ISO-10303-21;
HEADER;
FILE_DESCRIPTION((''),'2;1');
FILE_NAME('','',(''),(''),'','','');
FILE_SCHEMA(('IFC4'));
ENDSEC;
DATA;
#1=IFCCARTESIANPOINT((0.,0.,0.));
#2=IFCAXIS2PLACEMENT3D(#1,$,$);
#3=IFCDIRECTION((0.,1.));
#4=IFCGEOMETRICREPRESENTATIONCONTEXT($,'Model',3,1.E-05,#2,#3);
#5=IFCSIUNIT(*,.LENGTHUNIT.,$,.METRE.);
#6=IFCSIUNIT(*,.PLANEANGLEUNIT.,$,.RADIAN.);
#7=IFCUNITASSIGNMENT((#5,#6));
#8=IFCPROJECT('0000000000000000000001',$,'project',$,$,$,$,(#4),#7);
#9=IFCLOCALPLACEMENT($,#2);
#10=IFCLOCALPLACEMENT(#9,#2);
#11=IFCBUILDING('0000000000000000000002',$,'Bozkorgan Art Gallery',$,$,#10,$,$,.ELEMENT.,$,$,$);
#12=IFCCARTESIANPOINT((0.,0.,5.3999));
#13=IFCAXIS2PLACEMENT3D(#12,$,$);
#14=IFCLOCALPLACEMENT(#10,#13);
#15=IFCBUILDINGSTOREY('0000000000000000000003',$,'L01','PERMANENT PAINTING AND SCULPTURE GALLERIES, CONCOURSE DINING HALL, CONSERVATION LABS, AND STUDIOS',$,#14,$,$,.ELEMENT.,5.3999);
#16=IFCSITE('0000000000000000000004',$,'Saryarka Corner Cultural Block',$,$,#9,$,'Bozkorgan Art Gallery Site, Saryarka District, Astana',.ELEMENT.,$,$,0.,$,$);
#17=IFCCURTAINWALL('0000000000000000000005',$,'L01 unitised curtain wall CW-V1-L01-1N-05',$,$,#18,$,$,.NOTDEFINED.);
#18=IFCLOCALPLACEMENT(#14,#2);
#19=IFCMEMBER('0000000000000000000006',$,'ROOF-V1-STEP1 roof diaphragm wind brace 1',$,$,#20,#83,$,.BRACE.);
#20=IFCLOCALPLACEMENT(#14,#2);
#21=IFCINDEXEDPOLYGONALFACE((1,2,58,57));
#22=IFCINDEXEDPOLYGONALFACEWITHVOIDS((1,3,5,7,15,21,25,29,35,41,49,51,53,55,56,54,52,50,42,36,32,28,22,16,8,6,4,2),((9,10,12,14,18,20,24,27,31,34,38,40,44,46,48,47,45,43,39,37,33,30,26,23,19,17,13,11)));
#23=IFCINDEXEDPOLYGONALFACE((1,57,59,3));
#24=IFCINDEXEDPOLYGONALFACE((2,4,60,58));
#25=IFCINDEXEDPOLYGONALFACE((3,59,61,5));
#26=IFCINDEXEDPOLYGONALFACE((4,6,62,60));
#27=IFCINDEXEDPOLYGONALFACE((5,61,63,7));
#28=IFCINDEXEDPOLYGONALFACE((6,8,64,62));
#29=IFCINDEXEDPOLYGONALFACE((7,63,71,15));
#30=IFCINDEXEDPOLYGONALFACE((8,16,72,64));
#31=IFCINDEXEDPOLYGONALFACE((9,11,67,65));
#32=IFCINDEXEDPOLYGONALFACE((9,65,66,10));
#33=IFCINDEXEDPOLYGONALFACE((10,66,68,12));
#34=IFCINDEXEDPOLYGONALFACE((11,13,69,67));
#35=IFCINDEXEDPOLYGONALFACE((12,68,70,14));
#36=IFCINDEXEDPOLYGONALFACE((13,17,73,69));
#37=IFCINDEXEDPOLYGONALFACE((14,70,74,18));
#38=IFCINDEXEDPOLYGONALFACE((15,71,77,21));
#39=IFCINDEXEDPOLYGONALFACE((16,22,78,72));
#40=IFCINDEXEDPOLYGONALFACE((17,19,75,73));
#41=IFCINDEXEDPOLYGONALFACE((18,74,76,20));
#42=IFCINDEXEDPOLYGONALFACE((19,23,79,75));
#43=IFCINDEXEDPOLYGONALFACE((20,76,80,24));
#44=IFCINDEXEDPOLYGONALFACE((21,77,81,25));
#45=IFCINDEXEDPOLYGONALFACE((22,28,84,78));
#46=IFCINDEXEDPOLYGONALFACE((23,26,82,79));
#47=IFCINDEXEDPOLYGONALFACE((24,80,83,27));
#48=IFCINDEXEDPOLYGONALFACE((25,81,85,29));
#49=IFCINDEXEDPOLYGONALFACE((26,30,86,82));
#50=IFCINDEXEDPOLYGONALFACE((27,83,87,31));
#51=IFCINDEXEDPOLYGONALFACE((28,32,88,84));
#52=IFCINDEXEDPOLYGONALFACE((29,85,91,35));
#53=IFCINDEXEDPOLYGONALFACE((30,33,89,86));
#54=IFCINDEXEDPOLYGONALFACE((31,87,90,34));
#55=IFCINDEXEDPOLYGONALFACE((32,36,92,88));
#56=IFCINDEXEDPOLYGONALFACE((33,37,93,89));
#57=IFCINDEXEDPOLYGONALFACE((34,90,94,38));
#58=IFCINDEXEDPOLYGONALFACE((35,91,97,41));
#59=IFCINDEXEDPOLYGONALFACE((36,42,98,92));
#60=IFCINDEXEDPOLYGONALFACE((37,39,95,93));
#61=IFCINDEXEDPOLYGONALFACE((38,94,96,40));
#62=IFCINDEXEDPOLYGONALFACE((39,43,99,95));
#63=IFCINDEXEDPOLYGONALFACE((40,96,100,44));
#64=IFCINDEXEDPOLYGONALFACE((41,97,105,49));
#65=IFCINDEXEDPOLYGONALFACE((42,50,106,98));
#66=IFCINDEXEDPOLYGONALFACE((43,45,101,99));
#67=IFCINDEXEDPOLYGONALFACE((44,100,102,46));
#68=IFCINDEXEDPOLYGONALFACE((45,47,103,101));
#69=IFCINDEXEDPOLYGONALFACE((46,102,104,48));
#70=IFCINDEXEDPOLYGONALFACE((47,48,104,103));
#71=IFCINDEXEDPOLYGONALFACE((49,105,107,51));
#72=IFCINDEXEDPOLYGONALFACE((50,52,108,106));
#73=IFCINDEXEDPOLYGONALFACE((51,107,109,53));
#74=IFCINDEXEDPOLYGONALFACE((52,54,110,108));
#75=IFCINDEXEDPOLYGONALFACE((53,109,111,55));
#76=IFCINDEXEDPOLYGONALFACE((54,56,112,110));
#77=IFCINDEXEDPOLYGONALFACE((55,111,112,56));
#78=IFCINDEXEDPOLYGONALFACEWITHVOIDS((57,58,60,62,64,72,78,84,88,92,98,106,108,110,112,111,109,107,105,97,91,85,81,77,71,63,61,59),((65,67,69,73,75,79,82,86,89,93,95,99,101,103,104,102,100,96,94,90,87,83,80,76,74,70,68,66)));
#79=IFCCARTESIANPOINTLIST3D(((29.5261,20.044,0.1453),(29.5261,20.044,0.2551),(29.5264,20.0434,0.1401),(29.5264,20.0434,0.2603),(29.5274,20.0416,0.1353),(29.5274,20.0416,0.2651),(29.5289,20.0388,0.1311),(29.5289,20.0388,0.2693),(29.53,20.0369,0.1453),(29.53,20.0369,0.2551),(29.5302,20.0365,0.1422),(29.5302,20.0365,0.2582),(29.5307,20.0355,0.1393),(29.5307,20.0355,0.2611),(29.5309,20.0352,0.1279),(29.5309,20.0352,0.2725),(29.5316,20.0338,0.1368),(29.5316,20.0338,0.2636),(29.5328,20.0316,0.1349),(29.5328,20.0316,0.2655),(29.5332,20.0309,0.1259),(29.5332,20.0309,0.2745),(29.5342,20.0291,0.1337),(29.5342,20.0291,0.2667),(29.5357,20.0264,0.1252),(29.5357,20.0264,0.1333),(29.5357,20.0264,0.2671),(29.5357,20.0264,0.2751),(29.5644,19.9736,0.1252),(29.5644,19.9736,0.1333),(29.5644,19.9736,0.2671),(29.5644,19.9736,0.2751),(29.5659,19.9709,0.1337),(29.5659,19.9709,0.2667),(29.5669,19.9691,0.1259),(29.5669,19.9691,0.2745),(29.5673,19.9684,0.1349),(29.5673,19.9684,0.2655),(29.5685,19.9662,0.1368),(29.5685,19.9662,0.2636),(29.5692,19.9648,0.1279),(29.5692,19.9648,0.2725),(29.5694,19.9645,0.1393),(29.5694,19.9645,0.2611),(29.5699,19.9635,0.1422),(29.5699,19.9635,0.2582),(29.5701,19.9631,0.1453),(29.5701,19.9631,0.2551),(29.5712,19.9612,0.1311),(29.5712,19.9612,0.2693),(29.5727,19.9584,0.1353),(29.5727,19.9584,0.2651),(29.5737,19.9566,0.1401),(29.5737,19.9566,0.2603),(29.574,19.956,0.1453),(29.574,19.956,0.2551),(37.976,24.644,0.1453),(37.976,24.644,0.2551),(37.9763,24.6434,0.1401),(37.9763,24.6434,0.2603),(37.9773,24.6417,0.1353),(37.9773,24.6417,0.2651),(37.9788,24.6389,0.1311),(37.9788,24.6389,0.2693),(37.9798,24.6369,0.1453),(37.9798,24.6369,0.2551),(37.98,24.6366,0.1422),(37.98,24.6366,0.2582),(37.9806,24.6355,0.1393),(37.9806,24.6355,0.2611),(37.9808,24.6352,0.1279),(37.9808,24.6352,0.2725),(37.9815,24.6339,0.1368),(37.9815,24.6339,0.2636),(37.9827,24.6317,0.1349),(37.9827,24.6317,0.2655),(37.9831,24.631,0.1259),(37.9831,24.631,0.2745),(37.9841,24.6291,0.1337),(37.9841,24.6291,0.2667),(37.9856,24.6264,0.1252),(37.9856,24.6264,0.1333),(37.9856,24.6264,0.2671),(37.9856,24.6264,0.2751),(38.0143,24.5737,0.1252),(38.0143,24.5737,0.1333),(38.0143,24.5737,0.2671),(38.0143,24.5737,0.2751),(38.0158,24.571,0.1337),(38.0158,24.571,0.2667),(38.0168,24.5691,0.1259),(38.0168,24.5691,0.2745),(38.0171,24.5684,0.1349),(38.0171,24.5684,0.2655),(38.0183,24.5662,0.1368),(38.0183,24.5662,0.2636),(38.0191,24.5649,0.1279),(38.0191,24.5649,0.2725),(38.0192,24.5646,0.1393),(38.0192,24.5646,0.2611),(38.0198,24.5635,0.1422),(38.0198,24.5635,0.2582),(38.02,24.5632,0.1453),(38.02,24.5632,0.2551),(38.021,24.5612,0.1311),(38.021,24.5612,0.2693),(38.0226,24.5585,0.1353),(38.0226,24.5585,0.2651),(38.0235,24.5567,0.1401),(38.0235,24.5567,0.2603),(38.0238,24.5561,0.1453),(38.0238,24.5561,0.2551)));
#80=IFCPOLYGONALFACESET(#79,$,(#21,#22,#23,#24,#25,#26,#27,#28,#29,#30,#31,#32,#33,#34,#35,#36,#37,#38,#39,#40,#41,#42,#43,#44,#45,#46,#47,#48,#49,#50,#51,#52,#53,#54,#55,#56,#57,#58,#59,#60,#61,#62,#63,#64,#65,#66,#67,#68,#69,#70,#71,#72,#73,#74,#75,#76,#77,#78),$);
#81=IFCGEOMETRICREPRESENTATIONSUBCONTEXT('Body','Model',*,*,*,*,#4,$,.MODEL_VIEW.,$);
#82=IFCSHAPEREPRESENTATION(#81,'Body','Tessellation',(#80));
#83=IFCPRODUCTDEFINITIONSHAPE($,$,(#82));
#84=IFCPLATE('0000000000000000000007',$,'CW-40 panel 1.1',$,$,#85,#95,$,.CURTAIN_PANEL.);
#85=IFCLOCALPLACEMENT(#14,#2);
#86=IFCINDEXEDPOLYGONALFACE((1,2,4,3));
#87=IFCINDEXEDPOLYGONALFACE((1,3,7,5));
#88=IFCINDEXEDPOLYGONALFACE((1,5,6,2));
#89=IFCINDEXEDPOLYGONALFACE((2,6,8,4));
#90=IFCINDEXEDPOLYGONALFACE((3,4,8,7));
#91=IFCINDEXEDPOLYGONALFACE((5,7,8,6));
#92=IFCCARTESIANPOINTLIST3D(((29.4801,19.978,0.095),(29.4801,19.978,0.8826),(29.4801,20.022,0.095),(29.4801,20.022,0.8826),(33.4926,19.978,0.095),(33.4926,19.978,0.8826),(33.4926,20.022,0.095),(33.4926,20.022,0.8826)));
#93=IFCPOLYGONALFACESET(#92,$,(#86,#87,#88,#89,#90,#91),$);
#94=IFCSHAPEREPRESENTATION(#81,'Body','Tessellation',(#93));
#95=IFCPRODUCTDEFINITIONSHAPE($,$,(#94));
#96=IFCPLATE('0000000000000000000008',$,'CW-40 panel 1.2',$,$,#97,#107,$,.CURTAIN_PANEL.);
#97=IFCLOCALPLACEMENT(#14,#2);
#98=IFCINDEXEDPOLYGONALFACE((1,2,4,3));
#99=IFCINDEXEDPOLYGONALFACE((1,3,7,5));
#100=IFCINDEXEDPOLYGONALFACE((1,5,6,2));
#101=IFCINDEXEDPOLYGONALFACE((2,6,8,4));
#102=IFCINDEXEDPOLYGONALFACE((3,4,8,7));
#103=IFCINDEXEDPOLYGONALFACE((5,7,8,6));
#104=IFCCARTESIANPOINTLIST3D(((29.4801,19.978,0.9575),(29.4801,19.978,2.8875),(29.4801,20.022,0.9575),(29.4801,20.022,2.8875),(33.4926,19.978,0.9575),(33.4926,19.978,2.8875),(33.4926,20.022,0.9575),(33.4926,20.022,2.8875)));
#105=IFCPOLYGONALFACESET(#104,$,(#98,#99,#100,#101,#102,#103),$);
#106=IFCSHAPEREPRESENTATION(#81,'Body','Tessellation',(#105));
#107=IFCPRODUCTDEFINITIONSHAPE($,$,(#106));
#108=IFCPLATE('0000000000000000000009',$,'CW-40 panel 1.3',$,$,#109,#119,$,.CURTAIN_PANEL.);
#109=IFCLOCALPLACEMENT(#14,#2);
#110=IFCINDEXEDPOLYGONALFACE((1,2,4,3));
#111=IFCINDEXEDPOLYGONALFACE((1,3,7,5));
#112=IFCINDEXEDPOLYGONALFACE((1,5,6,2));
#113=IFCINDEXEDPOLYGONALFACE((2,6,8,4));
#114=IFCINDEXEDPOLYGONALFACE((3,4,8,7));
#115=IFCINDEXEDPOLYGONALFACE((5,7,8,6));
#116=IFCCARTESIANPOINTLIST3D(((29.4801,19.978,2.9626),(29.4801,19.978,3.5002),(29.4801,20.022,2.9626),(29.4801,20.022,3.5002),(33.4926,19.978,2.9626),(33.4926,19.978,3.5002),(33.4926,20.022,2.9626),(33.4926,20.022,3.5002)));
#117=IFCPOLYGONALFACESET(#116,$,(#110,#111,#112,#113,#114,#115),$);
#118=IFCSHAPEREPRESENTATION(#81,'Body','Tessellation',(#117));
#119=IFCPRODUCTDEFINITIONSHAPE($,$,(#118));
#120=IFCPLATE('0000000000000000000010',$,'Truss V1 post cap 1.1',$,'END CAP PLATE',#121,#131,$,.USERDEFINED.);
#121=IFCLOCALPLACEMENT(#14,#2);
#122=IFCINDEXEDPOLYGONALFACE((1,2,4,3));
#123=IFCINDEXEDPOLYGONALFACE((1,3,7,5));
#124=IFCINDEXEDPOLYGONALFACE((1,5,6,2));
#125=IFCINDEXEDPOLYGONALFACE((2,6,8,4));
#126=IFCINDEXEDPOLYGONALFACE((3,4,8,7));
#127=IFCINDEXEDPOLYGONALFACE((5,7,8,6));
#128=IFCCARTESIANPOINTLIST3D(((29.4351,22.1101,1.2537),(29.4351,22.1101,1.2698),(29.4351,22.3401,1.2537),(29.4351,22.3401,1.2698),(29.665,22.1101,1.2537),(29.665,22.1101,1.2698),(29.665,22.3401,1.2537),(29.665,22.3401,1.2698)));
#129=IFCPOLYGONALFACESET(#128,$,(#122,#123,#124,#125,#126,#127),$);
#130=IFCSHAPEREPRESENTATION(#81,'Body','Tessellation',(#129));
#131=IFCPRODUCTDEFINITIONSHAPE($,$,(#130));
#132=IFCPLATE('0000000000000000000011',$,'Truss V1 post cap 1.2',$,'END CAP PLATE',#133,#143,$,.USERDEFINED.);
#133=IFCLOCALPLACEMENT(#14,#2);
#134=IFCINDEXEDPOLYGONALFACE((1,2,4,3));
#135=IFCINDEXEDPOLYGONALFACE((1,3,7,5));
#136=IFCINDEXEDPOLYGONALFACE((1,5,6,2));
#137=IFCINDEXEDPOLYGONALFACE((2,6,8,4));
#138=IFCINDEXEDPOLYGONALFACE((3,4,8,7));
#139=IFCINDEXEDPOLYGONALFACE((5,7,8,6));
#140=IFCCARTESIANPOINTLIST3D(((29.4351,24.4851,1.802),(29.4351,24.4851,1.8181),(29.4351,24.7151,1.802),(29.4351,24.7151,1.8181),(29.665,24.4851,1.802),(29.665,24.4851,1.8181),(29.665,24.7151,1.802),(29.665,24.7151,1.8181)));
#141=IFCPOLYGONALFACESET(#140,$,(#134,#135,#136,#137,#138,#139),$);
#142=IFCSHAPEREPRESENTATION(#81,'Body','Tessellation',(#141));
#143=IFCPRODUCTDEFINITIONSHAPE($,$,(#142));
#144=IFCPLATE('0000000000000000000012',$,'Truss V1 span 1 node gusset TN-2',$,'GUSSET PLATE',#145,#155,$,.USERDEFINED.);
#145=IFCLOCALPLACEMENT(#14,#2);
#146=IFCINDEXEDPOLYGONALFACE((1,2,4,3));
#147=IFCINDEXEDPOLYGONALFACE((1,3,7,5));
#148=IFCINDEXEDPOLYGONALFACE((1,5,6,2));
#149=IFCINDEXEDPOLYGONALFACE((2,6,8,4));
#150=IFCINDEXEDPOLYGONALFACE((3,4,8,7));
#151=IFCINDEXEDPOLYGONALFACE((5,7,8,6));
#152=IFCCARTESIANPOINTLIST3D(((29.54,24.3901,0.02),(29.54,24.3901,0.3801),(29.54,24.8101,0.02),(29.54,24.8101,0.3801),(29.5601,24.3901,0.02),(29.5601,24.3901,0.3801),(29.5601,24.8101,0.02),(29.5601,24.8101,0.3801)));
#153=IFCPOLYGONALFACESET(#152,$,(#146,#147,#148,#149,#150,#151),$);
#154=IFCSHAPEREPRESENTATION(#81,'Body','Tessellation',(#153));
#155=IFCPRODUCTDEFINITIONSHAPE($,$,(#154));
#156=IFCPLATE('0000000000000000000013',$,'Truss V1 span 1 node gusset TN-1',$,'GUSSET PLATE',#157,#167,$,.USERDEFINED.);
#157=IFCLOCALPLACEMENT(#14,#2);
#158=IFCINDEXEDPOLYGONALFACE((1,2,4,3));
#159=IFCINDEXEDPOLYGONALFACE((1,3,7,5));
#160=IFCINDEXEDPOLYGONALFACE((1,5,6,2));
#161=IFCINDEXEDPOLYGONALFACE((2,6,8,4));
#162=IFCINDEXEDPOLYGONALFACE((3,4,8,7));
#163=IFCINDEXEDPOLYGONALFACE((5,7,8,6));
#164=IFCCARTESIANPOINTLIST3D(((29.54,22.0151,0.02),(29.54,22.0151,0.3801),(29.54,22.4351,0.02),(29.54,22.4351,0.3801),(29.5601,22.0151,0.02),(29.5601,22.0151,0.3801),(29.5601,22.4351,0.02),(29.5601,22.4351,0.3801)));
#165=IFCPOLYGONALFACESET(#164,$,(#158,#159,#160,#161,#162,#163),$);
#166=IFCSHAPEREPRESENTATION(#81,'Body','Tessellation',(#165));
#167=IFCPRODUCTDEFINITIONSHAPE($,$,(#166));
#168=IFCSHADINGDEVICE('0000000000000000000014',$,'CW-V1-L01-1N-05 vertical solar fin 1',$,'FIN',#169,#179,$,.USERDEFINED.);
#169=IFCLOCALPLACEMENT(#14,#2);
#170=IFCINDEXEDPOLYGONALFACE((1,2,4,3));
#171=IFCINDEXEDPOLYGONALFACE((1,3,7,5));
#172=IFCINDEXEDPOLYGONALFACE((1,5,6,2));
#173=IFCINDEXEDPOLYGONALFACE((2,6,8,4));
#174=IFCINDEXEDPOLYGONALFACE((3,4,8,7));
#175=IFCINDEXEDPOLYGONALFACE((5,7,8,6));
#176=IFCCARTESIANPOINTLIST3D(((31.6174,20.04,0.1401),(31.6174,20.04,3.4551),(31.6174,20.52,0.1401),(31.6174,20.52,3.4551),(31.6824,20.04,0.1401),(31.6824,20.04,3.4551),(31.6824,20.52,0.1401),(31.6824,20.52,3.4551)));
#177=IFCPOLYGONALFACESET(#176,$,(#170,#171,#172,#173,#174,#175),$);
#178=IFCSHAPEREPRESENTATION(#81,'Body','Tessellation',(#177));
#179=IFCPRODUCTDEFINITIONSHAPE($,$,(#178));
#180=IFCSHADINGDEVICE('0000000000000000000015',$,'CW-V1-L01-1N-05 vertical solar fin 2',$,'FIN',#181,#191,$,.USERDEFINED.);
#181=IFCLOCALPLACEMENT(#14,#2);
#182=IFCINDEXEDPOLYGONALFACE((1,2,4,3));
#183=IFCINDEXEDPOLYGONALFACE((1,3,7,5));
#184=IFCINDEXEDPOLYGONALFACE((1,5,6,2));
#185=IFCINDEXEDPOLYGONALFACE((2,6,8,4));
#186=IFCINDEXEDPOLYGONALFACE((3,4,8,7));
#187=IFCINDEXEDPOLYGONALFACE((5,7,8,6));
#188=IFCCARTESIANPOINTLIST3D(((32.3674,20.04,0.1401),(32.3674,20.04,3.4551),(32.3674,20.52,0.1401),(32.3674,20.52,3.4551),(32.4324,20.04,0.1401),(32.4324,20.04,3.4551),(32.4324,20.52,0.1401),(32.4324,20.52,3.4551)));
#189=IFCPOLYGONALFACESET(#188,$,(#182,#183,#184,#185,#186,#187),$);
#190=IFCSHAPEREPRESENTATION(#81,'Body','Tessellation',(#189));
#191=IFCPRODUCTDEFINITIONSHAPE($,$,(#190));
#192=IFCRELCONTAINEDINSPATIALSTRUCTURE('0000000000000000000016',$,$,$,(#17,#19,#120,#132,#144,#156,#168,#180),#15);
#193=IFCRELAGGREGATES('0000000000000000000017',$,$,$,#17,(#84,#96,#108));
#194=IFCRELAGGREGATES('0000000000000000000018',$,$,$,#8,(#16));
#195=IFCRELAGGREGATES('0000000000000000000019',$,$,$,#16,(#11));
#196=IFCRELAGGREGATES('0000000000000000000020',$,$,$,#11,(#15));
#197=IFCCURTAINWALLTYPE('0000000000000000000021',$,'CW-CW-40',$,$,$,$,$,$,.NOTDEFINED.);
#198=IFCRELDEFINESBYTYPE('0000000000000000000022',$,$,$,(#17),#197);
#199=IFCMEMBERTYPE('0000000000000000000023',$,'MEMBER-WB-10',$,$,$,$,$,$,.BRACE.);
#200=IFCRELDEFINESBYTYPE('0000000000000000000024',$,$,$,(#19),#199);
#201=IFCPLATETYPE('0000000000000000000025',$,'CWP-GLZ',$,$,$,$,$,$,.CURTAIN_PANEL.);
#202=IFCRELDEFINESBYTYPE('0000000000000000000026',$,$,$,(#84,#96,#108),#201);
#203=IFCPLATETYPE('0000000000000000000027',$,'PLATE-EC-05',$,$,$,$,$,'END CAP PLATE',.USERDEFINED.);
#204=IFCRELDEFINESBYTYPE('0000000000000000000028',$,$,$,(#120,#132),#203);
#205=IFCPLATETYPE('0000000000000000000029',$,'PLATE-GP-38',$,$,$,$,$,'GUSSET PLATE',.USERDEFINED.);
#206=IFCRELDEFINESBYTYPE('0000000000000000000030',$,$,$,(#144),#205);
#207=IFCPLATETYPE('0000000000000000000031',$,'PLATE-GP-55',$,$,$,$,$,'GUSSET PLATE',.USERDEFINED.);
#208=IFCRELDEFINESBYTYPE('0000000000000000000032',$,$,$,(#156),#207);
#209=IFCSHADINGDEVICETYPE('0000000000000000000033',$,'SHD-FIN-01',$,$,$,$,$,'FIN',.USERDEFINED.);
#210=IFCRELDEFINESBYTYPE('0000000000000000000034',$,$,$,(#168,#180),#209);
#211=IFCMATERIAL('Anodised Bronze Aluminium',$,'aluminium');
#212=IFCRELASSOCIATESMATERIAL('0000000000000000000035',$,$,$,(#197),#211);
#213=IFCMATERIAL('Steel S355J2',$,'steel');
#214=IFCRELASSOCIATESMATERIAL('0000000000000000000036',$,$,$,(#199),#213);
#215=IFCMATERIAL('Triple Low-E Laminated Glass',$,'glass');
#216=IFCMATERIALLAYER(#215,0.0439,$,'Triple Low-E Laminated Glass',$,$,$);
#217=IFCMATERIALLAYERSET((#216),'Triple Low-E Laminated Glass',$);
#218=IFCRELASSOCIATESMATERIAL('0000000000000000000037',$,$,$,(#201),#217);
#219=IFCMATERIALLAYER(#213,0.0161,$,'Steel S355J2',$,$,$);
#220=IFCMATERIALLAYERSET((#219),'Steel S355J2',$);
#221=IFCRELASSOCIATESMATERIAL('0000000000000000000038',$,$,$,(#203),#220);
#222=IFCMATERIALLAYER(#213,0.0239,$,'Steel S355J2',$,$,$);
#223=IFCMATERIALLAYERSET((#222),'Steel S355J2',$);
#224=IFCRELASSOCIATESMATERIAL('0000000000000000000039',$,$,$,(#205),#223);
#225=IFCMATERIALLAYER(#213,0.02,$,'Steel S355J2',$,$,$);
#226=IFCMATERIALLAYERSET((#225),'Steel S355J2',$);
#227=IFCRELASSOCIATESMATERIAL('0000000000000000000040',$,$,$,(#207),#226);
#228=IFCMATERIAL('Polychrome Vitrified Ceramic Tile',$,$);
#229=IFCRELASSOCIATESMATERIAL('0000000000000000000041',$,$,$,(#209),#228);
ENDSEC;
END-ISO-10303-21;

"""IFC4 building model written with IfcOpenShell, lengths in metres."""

from ifc_helpers import new_model, si_unit, direction, frame, origin, origin_2d, place, context, subcontext, project, spatial, rectangle, hollow_rectangle, extrude, material, layer, layer_set, material_profile, profile_set, type_object, element, aggregate, save


model = new_model("IFC4")

# Units and contexts
model_context = context("Model", 3, precision=1e-05, world=origin(), true_north=direction((0.0, 1.0)))
body_context = subcontext(model_context, "Body", "Model", "MODEL_VIEW")
ifc_project = project(units=[si_unit("LENGTHUNIT", "METRE"), si_unit("PLANEANGLEUNIT", "RADIAN")], contexts=[model_context])

# Site, building, storey
site_placement = place(None, origin())
site = spatial("IfcSite", under=ifc_project, at=site_placement, Name="Saryarka Corner Cultural Block", LongName="Bozkorgan Art Gallery Site, Saryarka District, Astana", CompositionType="ELEMENT", RefElevation=0.0)
building_placement = place(site_placement, origin())
building = spatial("IfcBuilding", under=site, at=building_placement, Name="Bozkorgan Art Gallery", CompositionType="ELEMENT")
storey_placement = place(building_placement, frame((0.0, 0.0, 5.3999)))
storey = spatial("IfcBuildingStorey", under=building, at=storey_placement, Name="L01", Description="PERMANENT PAINTING AND SCULPTURE GALLERIES, CONCOURSE DINING HALL, CONSERVATION LABS, AND STUDIOS", CompositionType="ELEMENT", Elevation=5.3999)

# Curtain wall
ifc_material_1 = material(Name="Anodised Bronze Aluminium", Category="aluminium")
curtain_wall_type = type_object("IfcCurtainWallType", Name="CW-CW-40", PredefinedType="NOTDEFINED", material=ifc_material_1)
curtain_wall_placement = place(storey_placement, origin())
curtain_wall = element("IfcCurtainWall", 1, at=curtain_wall_placement, inside=storey, type_object=curtain_wall_type, Name="L01 unitised curtain wall CW-V1-L01-1N-05", PredefinedType="NOTDEFINED")

# Member
ifc_material_2 = material(Name="Steel S355J2", Category="steel")
ifc_material_profile_1 = material_profile(ifc_material_2, hollow_rectangle(XDim=0.1001, YDim=0.1499, WallThickness=0.0081, InnerFilletRadius=0.012, OuterFilletRadius=0.02, at=origin_2d()), Name="RHS 150x100x8")
ifc_profile_set_1 = profile_set([ifc_material_profile_1], Name="Steel S355J2")
member_type_1 = type_object("IfcMemberType", Name="MEMBER-WB-10", PredefinedType="BRACE", material=ifc_profile_set_1)
member_1_placement = place(storey_placement, frame((29.55, 20.0, 0.2002), z_axis=(0.878287, 0.478134, 0.0), x_axis=(-0.478134, 0.878287, 0.0)))
element("IfcMember", 2, at=member_1_placement, inside=storey, type_object=member_type_1, Name="ROOF-V1-STEP1 roof diaphragm wind brace 1", PredefinedType="BRACE", context=body_context, shape_type="SweptSolid", body=[
    extrude(hollow_rectangle(XDim=0.1001, YDim=0.1499, WallThickness=0.0081, InnerFilletRadius=0.012, OuterFilletRadius=0.02, at=origin_2d()), origin(), (0.0, 0.0, 1.0), 9.6208),
])

# Plates
ifc_material_3 = material(Name="Triple Low-E Laminated Glass", Category="glass")
ifc_layer_1 = layer(ifc_material_3, 0.0439, Name="Triple Low-E Laminated Glass")
ifc_layer_set_1 = layer_set([ifc_layer_1], Name="Triple Low-E Laminated Glass")
plate_type_1 = type_object("IfcPlateType", Name="CWP-GLZ", PredefinedType="CURTAIN_PANEL", material=ifc_layer_set_1)
plate_1_placement = place(storey_placement, frame((31.4863, 20.0, 0.095), z_axis=(0.0, 0.0, 1.0), x_axis=(1.0, 0.0, 0.0)))
plate_1 = element("IfcPlate", 3, at=plate_1_placement, type_object=plate_type_1, Name="CW-40 panel 1.1", PredefinedType="CURTAIN_PANEL", context=body_context, shape_type="SweptSolid", body=[
    extrude(rectangle(XDim=4.0125, YDim=0.0439, at=origin_2d()), origin(), (0.0, 0.0, 1.0), 0.7876),
])
plate_2_placement = place(storey_placement, frame((31.4863, 20.0, 0.9575), z_axis=(0.0, 0.0, 1.0), x_axis=(1.0, 0.0, 0.0)))
plate_2 = element("IfcPlate", 4, at=plate_2_placement, type_object=plate_type_1, Name="CW-40 panel 1.2", PredefinedType="CURTAIN_PANEL", context=body_context, shape_type="SweptSolid", body=[
    extrude(rectangle(XDim=4.0125, YDim=0.0439, at=origin_2d()), origin(), (0.0, 0.0, 1.0), 1.9299),
])
plate_3_placement = place(storey_placement, frame((31.4863, 20.0, 2.9626), z_axis=(0.0, 0.0, 1.0), x_axis=(1.0, 0.0, 0.0)))
plate_3 = element("IfcPlate", 5, at=plate_3_placement, type_object=plate_type_1, Name="CW-40 panel 1.3", PredefinedType="CURTAIN_PANEL", context=body_context, shape_type="SweptSolid", body=[
    extrude(rectangle(XDim=4.0125, YDim=0.0439, at=origin_2d()), origin(), (0.0, 0.0, 1.0), 0.5376),
])
aggregate(curtain_wall, [plate_1, plate_2, plate_3])

# Plates
ifc_layer_2 = layer(ifc_material_2, 0.0161, Name="Steel S355J2")
ifc_layer_set_2 = layer_set([ifc_layer_2], Name="Steel S355J2")
plate_type_2 = type_object("IfcPlateType", Name="PLATE-EC-05", ElementType="END CAP PLATE", PredefinedType="USERDEFINED", material=ifc_layer_set_2)
for number, where, z_axis, x_axis, name in (
    (6, (29.55, 22.2251, 1.2537), (0.0, 0.0, 1.0), (1.0, 0.0, 0.0), "Truss V1 post cap 1.1"),
    (7, (29.55, 24.6001, 1.802), (0.0, 0.0, 1.0), (1.0, 0.0, 0.0), "Truss V1 post cap 1.2"),
):
    element("IfcPlate", number, at=place(storey_placement, frame(where, z_axis=z_axis, x_axis=x_axis)), inside=storey, type_object=plate_type_2, Name=name, ObjectType="END CAP PLATE", PredefinedType="USERDEFINED", context=body_context, shape_type="SweptSolid", body=[
        extrude(rectangle(XDim=0.23, YDim=0.23, at=origin_2d()), origin(), (0.0, 0.0, 1.0), 0.0161),
    ])
ifc_layer_3 = layer(ifc_material_2, 0.0239, Name="Steel S355J2")
ifc_layer_set_3 = layer_set([ifc_layer_3], Name="Steel S355J2")
plate_type_3 = type_object("IfcPlateType", Name="PLATE-GP-38", ElementType="GUSSET PLATE", PredefinedType="USERDEFINED", material=ifc_layer_set_3)
plate_4_placement = place(storey_placement, frame((29.55, 24.6001, 0.02), z_axis=(0.0, 0.0, 1.0), x_axis=(1.0, 0.0, 0.0)))
element("IfcPlate", 8, at=plate_4_placement, inside=storey, type_object=plate_type_3, Name="Truss V1 span 1 node gusset TN-2", ObjectType="GUSSET PLATE", PredefinedType="USERDEFINED", context=body_context, shape_type="SweptSolid", body=[
    extrude(rectangle(XDim=0.02, YDim=0.4199, at=origin_2d()), origin(), (0.0, 0.0, 1.0), 0.3601),
])
ifc_layer_4 = layer(ifc_material_2, 0.02, Name="Steel S355J2")
ifc_layer_set_4 = layer_set([ifc_layer_4], Name="Steel S355J2")
plate_type_4 = type_object("IfcPlateType", Name="PLATE-GP-55", ElementType="GUSSET PLATE", PredefinedType="USERDEFINED", material=ifc_layer_set_4)
plate_5_placement = place(storey_placement, frame((29.55, 22.2251, 0.02), z_axis=(0.0, 0.0, 1.0), x_axis=(1.0, 0.0, 0.0)))
element("IfcPlate", 9, at=plate_5_placement, inside=storey, type_object=plate_type_4, Name="Truss V1 span 1 node gusset TN-1", ObjectType="GUSSET PLATE", PredefinedType="USERDEFINED", context=body_context, shape_type="SweptSolid", body=[
    extrude(rectangle(XDim=0.02, YDim=0.4199, at=origin_2d()), origin(), (0.0, 0.0, 1.0), 0.3601),
])

# Shading devices
ifc_material_4 = material(Name="Polychrome Vitrified Ceramic Tile")
shading_device_type = type_object("IfcShadingDeviceType", Name="SHD-FIN-01", ElementType="FIN", PredefinedType="USERDEFINED", material=ifc_material_4)
for number, where, z_axis, x_axis, name in (
    (10, (31.6499, 20.28, 0.1401), (0.0, 0.0, 1.0), (0.0, 1.0, 0.0), "CW-V1-L01-1N-05 vertical solar fin 1"),
    (11, (32.3999, 20.28, 0.1401), (0.0, 0.0, 1.0), (0.0, 1.0, 0.0), "CW-V1-L01-1N-05 vertical solar fin 2"),
):
    element("IfcShadingDevice", number, at=place(storey_placement, frame(where, z_axis=z_axis, x_axis=x_axis)), inside=storey, type_object=shading_device_type, Name=name, ObjectType="FIN", PredefinedType="USERDEFINED", context=body_context, shape_type="SweptSolid", body=[
        extrude(rectangle(XDim=0.48, YDim=0.0649, at=origin_2d()), origin(), (0.0, 0.0, 1.0), 3.3149),
    ])

save(model, "model.ifc")
